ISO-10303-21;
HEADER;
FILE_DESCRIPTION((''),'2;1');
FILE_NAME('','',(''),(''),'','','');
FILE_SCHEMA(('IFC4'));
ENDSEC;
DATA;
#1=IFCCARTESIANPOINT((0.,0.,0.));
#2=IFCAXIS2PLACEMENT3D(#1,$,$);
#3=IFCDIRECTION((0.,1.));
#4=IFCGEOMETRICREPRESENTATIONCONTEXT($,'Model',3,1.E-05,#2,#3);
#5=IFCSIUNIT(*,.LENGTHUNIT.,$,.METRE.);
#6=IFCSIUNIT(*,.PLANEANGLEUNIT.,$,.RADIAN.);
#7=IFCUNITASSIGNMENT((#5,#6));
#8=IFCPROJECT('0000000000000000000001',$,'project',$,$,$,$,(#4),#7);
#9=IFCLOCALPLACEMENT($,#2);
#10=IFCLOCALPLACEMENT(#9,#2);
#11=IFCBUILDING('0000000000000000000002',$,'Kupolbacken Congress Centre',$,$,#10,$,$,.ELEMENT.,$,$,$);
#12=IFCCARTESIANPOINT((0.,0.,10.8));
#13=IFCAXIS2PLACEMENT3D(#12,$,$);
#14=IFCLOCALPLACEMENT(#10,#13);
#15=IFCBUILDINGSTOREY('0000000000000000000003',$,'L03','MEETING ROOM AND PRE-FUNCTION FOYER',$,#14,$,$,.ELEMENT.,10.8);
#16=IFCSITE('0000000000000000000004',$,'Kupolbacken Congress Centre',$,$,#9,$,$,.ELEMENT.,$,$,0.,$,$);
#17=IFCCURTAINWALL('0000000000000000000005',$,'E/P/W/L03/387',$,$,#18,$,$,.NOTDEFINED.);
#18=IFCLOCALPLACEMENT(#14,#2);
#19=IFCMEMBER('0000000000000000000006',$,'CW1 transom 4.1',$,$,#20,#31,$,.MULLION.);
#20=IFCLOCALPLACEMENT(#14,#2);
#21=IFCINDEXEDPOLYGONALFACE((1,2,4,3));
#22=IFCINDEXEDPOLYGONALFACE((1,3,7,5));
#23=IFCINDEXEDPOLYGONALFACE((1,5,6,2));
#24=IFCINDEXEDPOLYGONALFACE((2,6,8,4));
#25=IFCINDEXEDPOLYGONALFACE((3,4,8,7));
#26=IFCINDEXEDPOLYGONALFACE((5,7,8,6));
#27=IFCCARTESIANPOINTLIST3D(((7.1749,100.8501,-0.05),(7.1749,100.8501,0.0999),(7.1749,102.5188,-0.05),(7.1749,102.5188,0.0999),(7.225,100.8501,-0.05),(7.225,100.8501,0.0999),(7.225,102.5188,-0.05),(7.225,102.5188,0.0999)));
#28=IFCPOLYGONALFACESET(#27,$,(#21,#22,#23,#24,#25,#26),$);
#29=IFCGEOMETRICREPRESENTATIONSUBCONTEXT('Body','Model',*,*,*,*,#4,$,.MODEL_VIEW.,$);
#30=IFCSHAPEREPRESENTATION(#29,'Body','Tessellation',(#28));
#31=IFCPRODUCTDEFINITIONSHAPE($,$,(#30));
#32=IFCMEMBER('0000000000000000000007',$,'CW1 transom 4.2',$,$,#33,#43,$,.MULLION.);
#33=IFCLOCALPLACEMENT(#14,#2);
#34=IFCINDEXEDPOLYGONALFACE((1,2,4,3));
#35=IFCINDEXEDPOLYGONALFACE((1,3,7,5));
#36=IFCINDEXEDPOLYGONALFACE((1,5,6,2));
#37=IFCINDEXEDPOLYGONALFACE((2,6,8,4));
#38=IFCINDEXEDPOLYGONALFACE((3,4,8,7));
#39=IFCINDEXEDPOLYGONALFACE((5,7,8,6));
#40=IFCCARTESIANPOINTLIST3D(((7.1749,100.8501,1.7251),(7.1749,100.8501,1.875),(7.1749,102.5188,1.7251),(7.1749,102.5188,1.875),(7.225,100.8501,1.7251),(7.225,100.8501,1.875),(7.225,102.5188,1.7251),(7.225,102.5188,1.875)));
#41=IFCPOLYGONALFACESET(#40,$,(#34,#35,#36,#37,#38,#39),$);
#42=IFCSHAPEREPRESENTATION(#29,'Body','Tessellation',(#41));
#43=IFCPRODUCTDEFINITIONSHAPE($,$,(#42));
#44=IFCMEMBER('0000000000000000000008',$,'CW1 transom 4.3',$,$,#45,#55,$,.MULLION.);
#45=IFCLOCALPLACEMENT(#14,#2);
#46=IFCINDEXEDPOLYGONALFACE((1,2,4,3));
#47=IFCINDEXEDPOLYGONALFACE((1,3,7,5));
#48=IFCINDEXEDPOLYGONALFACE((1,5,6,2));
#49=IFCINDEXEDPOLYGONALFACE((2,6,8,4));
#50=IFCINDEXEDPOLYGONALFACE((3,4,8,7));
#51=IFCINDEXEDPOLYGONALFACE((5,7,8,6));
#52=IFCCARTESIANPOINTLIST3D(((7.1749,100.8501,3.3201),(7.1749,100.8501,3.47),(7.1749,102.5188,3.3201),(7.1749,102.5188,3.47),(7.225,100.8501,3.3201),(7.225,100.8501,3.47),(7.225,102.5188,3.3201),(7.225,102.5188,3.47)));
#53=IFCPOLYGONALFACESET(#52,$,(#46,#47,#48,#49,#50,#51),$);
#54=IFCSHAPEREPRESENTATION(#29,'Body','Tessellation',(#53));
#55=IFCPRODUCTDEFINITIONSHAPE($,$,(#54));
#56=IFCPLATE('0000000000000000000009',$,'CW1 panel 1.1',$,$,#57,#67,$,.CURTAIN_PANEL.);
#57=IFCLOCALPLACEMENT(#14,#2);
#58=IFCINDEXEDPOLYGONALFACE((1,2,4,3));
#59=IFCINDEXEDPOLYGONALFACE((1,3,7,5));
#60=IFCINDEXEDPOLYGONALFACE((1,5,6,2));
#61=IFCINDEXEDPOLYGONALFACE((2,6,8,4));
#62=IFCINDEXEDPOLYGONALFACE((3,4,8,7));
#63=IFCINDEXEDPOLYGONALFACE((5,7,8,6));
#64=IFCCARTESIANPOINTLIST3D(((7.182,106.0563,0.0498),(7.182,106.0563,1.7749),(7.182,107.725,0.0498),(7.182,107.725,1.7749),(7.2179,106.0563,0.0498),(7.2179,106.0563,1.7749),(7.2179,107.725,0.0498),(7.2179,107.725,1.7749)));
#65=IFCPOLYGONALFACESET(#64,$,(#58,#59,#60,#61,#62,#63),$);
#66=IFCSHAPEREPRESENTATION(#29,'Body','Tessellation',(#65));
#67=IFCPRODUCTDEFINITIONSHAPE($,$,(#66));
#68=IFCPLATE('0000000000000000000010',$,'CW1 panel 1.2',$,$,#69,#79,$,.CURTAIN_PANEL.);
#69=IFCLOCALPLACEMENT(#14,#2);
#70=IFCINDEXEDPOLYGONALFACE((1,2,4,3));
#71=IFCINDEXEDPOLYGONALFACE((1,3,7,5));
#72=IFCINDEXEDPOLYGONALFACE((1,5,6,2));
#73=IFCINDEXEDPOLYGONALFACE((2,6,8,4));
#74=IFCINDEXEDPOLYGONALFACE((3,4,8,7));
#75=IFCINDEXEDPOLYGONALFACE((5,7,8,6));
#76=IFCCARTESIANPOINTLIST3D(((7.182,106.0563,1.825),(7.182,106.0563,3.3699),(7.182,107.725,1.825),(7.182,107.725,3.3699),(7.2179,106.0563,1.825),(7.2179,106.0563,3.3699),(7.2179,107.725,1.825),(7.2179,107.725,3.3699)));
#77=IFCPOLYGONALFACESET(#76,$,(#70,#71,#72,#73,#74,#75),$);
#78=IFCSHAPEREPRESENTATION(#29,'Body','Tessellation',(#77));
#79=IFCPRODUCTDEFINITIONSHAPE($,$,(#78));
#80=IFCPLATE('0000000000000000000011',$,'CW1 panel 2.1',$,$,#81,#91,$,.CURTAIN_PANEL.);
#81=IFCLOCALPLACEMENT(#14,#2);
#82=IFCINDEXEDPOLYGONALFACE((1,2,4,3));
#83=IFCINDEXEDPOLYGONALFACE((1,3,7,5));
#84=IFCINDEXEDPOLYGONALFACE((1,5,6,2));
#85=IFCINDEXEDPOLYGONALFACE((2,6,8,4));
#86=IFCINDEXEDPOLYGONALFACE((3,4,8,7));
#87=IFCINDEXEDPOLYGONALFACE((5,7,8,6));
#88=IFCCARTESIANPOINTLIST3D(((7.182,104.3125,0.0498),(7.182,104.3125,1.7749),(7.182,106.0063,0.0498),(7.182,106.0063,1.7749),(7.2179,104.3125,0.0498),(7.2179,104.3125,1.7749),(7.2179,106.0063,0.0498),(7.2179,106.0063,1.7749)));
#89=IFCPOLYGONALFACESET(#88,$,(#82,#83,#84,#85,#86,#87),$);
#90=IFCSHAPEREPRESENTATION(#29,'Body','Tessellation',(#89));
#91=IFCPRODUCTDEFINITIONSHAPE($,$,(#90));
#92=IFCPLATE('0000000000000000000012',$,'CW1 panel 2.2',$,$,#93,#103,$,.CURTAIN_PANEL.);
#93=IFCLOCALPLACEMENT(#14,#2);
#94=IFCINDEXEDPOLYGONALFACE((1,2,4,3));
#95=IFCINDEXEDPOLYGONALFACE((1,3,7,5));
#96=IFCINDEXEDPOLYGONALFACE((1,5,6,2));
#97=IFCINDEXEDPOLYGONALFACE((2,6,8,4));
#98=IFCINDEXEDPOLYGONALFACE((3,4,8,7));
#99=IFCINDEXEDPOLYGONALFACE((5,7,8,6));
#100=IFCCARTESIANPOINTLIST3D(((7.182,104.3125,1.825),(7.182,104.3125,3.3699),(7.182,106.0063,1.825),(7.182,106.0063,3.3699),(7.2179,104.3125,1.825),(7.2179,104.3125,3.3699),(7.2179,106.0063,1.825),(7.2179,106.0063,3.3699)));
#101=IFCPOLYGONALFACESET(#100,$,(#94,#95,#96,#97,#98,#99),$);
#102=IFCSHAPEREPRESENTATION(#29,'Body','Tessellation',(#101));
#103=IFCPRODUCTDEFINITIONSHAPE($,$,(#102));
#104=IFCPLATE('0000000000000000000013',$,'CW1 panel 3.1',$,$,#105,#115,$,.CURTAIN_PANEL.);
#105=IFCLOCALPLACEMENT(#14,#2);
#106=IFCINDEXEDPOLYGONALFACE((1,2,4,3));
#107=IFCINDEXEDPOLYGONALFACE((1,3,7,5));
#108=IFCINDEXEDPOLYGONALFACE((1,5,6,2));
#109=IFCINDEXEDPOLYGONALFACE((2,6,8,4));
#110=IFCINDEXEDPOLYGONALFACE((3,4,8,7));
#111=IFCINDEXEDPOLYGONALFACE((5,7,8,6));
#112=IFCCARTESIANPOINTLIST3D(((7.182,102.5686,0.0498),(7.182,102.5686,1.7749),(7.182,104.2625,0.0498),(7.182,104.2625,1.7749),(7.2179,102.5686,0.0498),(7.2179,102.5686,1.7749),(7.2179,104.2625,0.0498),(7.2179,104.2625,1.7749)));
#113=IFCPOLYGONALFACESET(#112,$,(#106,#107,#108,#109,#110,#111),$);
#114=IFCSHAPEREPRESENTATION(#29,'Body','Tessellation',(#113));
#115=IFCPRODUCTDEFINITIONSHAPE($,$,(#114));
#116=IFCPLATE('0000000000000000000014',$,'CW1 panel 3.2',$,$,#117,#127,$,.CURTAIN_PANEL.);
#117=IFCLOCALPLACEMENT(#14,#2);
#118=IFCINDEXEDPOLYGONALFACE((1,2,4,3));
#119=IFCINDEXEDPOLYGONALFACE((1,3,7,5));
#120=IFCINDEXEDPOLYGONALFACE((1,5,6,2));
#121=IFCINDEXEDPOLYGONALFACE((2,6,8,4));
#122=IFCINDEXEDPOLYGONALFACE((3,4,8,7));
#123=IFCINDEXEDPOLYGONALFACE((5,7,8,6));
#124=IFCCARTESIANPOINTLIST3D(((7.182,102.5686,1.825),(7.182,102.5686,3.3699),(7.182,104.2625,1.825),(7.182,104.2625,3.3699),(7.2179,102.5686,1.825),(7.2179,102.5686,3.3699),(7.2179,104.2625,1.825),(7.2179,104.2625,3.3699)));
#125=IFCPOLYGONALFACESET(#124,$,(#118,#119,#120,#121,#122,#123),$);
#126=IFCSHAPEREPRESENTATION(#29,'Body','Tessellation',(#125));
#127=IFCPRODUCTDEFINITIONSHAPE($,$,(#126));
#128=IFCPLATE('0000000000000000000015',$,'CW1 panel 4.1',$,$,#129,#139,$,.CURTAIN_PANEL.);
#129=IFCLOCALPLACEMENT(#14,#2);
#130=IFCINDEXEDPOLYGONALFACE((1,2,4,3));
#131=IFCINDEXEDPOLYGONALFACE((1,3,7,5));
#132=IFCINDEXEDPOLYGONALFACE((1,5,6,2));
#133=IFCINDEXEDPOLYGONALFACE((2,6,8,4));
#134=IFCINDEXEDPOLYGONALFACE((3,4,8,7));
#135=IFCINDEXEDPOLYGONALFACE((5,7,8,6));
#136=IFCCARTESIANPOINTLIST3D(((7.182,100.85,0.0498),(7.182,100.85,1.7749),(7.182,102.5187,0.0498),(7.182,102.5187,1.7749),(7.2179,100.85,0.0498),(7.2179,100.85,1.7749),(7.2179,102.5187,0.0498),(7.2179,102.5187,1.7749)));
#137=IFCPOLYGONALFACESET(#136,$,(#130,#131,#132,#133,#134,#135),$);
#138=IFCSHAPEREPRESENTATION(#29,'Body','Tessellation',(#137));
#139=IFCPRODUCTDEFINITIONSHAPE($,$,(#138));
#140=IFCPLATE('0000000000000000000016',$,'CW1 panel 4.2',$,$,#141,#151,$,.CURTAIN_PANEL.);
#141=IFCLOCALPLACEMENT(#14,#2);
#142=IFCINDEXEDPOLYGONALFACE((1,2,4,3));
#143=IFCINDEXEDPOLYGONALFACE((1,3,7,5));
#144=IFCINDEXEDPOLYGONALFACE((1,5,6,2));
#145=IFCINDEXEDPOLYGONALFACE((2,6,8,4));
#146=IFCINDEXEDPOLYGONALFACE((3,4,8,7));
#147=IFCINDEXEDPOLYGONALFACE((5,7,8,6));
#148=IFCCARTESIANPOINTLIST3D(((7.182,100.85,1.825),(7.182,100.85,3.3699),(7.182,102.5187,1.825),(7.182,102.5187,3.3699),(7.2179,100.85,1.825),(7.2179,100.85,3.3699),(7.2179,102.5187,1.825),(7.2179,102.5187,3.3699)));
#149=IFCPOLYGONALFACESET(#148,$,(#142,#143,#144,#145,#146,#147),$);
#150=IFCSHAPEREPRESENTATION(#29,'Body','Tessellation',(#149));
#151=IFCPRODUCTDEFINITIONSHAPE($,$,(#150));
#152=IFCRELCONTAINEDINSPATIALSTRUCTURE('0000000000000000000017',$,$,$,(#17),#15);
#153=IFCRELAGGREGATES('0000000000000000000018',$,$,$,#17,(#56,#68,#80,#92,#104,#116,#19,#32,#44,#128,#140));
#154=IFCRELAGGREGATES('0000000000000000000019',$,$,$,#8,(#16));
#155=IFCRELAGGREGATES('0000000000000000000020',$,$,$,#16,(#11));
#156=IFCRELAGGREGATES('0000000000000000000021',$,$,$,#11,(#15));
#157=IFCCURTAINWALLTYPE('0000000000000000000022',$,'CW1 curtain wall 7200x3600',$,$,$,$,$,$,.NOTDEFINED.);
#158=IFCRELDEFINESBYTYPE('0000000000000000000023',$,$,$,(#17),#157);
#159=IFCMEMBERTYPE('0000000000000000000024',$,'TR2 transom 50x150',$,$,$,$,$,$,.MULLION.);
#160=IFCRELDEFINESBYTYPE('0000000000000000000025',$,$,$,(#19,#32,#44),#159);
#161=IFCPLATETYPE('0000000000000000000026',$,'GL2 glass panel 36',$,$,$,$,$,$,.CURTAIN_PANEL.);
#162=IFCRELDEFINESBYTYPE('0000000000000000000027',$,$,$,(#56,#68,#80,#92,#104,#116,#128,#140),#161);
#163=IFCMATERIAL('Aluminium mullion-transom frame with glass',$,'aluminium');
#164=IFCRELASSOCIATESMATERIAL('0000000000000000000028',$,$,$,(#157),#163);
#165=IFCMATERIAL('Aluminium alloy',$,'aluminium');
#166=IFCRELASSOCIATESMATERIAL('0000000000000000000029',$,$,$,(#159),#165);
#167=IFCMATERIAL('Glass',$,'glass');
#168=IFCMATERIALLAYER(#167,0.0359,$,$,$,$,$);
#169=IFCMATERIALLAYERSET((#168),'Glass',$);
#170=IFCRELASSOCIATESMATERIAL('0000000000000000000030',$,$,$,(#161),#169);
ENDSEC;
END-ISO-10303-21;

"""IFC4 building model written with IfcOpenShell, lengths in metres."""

from ifc_helpers import new_model, si_unit, direction, frame, origin, origin_2d, place, context, subcontext, project, spatial, rectangle, extrude, material, layer, layer_set, material_profile, profile_set, type_object, element, aggregate, save


model = new_model("IFC4")

# Units and contexts
model_context = context("Model", 3, precision=1e-05, world=origin(), true_north=direction((0.0, 1.0)))
body_context = subcontext(model_context, "Body", "Model", "MODEL_VIEW")
ifc_project = project(units=[si_unit("LENGTHUNIT", "METRE"), si_unit("PLANEANGLEUNIT", "RADIAN")], contexts=[model_context])

# Site, building, storey
site_placement = place(None, origin())
site = spatial("IfcSite", under=ifc_project, at=site_placement, Name="Kupolbacken Congress Centre", CompositionType="ELEMENT", RefElevation=0.0)
building_placement = place(site_placement, origin())
building = spatial("IfcBuilding", under=site, at=building_placement, Name="Kupolbacken Congress Centre", CompositionType="ELEMENT")
storey_placement = place(building_placement, frame((0.0, 0.0, 10.8)))
storey = spatial("IfcBuildingStorey", under=building, at=storey_placement, Name="L03", Description="MEETING ROOM AND PRE-FUNCTION FOYER", CompositionType="ELEMENT", Elevation=10.8)

# Curtain wall, members, plates
ifc_material_1 = material(Name="Aluminium mullion-transom frame with glass", Category="aluminium")
curtain_wall_type = type_object("IfcCurtainWallType", Name="CW1 curtain wall 7200x3600", PredefinedType="NOTDEFINED", material=ifc_material_1)
curtain_wall_placement = place(storey_placement, origin())
curtain_wall = element("IfcCurtainWall", 1, at=curtain_wall_placement, inside=storey, type_object=curtain_wall_type, Name="E/P/W/L03/387", PredefinedType="NOTDEFINED")
ifc_material_2 = material(Name="Aluminium alloy", Category="aluminium")
ifc_material_profile_1 = material_profile(ifc_material_2, rectangle(XDim=0.05, YDim=0.1499, at=origin_2d()), Name="50 x 150")
ifc_profile_set_1 = profile_set([ifc_material_profile_1], Name="Aluminium alloy")
member_type_1 = type_object("IfcMemberType", Name="TR2 transom 50x150", PredefinedType="MULLION", material=ifc_profile_set_1)
member_1_placement = place(storey_placement, frame((7.2, 102.5188, 0.0249), z_axis=(0.0, -1.0, 0.0), x_axis=(1.0, 0.0, 0.0)))
member_1 = element("IfcMember", 2, at=member_1_placement, type_object=member_type_1, Name="CW1 transom 4.1", PredefinedType="MULLION", context=body_context, shape_type="SweptSolid", body=[
    extrude(rectangle(XDim=0.05, YDim=0.1499, at=origin_2d()), origin(), (0.0, 0.0, 1.0), 1.6687),
])
member_2_placement = place(storey_placement, frame((7.2, 102.5188, 1.8), z_axis=(0.0, -1.0, 0.0), x_axis=(1.0, 0.0, 0.0)))
member_2 = element("IfcMember", 3, at=member_2_placement, type_object=member_type_1, Name="CW1 transom 4.2", PredefinedType="MULLION", context=body_context, shape_type="SweptSolid", body=[
    extrude(rectangle(XDim=0.05, YDim=0.1499, at=origin_2d()), origin(), (0.0, 0.0, 1.0), 1.6687),
])
member_3_placement = place(storey_placement, frame((7.2, 102.5188, 3.395), z_axis=(0.0, -1.0, 0.0), x_axis=(1.0, 0.0, 0.0)))
member_3 = element("IfcMember", 4, at=member_3_placement, type_object=member_type_1, Name="CW1 transom 4.3", PredefinedType="MULLION", context=body_context, shape_type="SweptSolid", body=[
    extrude(rectangle(XDim=0.05, YDim=0.1499, at=origin_2d()), origin(), (0.0, 0.0, 1.0), 1.6687),
])
ifc_material_3 = material(Name="Glass", Category="glass")
ifc_layer = layer(ifc_material_3, 0.0359)
ifc_layer_set = layer_set([ifc_layer], Name="Glass")
plate_type = type_object("IfcPlateType", Name="GL2 glass panel 36", PredefinedType="CURTAIN_PANEL", material=ifc_layer_set)
plate_1_placement = place(storey_placement, frame((7.2, 106.8906, 0.0498), z_axis=(0.0, 0.0, 1.0), x_axis=(0.0, -1.0, 0.0)))
plate_1 = element("IfcPlate", 5, at=plate_1_placement, type_object=plate_type, Name="CW1 panel 1.1", PredefinedType="CURTAIN_PANEL", context=body_context, shape_type="SweptSolid", body=[
    extrude(rectangle(XDim=1.6687, YDim=0.0359, at=origin_2d()), origin(), (0.0, 0.0, 1.0), 1.7251),
])
plate_2_placement = place(storey_placement, frame((7.2, 106.8906, 1.825), z_axis=(0.0, 0.0, 1.0), x_axis=(0.0, -1.0, 0.0)))
plate_2 = element("IfcPlate", 6, at=plate_2_placement, type_object=plate_type, Name="CW1 panel 1.2", PredefinedType="CURTAIN_PANEL", context=body_context, shape_type="SweptSolid", body=[
    extrude(rectangle(XDim=1.6687, YDim=0.0359, at=origin_2d()), origin(), (0.0, 0.0, 1.0), 1.5449),
])
plate_3_placement = place(storey_placement, frame((7.2, 105.1594, 0.0498), z_axis=(0.0, 0.0, 1.0), x_axis=(0.0, -1.0, 0.0)))
plate_3 = element("IfcPlate", 7, at=plate_3_placement, type_object=plate_type, Name="CW1 panel 2.1", PredefinedType="CURTAIN_PANEL", context=body_context, shape_type="SweptSolid", body=[
    extrude(rectangle(XDim=1.6938, YDim=0.0359, at=origin_2d()), origin(), (0.0, 0.0, 1.0), 1.7251),
])
plate_4_placement = place(storey_placement, frame((7.2, 105.1594, 1.825), z_axis=(0.0, 0.0, 1.0), x_axis=(0.0, -1.0, 0.0)))
plate_4 = element("IfcPlate", 8, at=plate_4_placement, type_object=plate_type, Name="CW1 panel 2.2", PredefinedType="CURTAIN_PANEL", context=body_context, shape_type="SweptSolid", body=[
    extrude(rectangle(XDim=1.6938, YDim=0.0359, at=origin_2d()), origin(), (0.0, 0.0, 1.0), 1.5449),
])
plate_5_placement = place(storey_placement, frame((7.2, 103.4155, 0.0498), z_axis=(0.0, 0.0, 1.0), x_axis=(0.0, -1.0, 0.0)))
plate_5 = element("IfcPlate", 9, at=plate_5_placement, type_object=plate_type, Name="CW1 panel 3.1", PredefinedType="CURTAIN_PANEL", context=body_context, shape_type="SweptSolid", body=[
    extrude(rectangle(XDim=1.6938, YDim=0.0359, at=origin_2d()), origin(), (0.0, 0.0, 1.0), 1.7251),
])
plate_6_placement = place(storey_placement, frame((7.2, 103.4155, 1.825), z_axis=(0.0, 0.0, 1.0), x_axis=(0.0, -1.0, 0.0)))
plate_6 = element("IfcPlate", 10, at=plate_6_placement, type_object=plate_type, Name="CW1 panel 3.2", PredefinedType="CURTAIN_PANEL", context=body_context, shape_type="SweptSolid", body=[
    extrude(rectangle(XDim=1.6938, YDim=0.0359, at=origin_2d()), origin(), (0.0, 0.0, 1.0), 1.5449),
])
plate_7_placement = place(storey_placement, frame((7.2, 101.6843, 0.0498), z_axis=(0.0, 0.0, 1.0), x_axis=(0.0, -1.0, 0.0)))
plate_7 = element("IfcPlate", 11, at=plate_7_placement, type_object=plate_type, Name="CW1 panel 4.1", PredefinedType="CURTAIN_PANEL", context=body_context, shape_type="SweptSolid", body=[
    extrude(rectangle(XDim=1.6687, YDim=0.0359, at=origin_2d()), origin(), (0.0, 0.0, 1.0), 1.7251),
])
plate_8_placement = place(storey_placement, frame((7.2, 101.6843, 1.825), z_axis=(0.0, 0.0, 1.0), x_axis=(0.0, -1.0, 0.0)))
plate_8 = element("IfcPlate", 12, at=plate_8_placement, type_object=plate_type, Name="CW1 panel 4.2", PredefinedType="CURTAIN_PANEL", context=body_context, shape_type="SweptSolid", body=[
    extrude(rectangle(XDim=1.6687, YDim=0.0359, at=origin_2d()), origin(), (0.0, 0.0, 1.0), 1.5449),
])
aggregate(curtain_wall, [plate_1, plate_2, plate_3, plate_4, plate_5, plate_6, member_1, member_2, member_3, plate_7, plate_8])

save(model, "model.ifc")
